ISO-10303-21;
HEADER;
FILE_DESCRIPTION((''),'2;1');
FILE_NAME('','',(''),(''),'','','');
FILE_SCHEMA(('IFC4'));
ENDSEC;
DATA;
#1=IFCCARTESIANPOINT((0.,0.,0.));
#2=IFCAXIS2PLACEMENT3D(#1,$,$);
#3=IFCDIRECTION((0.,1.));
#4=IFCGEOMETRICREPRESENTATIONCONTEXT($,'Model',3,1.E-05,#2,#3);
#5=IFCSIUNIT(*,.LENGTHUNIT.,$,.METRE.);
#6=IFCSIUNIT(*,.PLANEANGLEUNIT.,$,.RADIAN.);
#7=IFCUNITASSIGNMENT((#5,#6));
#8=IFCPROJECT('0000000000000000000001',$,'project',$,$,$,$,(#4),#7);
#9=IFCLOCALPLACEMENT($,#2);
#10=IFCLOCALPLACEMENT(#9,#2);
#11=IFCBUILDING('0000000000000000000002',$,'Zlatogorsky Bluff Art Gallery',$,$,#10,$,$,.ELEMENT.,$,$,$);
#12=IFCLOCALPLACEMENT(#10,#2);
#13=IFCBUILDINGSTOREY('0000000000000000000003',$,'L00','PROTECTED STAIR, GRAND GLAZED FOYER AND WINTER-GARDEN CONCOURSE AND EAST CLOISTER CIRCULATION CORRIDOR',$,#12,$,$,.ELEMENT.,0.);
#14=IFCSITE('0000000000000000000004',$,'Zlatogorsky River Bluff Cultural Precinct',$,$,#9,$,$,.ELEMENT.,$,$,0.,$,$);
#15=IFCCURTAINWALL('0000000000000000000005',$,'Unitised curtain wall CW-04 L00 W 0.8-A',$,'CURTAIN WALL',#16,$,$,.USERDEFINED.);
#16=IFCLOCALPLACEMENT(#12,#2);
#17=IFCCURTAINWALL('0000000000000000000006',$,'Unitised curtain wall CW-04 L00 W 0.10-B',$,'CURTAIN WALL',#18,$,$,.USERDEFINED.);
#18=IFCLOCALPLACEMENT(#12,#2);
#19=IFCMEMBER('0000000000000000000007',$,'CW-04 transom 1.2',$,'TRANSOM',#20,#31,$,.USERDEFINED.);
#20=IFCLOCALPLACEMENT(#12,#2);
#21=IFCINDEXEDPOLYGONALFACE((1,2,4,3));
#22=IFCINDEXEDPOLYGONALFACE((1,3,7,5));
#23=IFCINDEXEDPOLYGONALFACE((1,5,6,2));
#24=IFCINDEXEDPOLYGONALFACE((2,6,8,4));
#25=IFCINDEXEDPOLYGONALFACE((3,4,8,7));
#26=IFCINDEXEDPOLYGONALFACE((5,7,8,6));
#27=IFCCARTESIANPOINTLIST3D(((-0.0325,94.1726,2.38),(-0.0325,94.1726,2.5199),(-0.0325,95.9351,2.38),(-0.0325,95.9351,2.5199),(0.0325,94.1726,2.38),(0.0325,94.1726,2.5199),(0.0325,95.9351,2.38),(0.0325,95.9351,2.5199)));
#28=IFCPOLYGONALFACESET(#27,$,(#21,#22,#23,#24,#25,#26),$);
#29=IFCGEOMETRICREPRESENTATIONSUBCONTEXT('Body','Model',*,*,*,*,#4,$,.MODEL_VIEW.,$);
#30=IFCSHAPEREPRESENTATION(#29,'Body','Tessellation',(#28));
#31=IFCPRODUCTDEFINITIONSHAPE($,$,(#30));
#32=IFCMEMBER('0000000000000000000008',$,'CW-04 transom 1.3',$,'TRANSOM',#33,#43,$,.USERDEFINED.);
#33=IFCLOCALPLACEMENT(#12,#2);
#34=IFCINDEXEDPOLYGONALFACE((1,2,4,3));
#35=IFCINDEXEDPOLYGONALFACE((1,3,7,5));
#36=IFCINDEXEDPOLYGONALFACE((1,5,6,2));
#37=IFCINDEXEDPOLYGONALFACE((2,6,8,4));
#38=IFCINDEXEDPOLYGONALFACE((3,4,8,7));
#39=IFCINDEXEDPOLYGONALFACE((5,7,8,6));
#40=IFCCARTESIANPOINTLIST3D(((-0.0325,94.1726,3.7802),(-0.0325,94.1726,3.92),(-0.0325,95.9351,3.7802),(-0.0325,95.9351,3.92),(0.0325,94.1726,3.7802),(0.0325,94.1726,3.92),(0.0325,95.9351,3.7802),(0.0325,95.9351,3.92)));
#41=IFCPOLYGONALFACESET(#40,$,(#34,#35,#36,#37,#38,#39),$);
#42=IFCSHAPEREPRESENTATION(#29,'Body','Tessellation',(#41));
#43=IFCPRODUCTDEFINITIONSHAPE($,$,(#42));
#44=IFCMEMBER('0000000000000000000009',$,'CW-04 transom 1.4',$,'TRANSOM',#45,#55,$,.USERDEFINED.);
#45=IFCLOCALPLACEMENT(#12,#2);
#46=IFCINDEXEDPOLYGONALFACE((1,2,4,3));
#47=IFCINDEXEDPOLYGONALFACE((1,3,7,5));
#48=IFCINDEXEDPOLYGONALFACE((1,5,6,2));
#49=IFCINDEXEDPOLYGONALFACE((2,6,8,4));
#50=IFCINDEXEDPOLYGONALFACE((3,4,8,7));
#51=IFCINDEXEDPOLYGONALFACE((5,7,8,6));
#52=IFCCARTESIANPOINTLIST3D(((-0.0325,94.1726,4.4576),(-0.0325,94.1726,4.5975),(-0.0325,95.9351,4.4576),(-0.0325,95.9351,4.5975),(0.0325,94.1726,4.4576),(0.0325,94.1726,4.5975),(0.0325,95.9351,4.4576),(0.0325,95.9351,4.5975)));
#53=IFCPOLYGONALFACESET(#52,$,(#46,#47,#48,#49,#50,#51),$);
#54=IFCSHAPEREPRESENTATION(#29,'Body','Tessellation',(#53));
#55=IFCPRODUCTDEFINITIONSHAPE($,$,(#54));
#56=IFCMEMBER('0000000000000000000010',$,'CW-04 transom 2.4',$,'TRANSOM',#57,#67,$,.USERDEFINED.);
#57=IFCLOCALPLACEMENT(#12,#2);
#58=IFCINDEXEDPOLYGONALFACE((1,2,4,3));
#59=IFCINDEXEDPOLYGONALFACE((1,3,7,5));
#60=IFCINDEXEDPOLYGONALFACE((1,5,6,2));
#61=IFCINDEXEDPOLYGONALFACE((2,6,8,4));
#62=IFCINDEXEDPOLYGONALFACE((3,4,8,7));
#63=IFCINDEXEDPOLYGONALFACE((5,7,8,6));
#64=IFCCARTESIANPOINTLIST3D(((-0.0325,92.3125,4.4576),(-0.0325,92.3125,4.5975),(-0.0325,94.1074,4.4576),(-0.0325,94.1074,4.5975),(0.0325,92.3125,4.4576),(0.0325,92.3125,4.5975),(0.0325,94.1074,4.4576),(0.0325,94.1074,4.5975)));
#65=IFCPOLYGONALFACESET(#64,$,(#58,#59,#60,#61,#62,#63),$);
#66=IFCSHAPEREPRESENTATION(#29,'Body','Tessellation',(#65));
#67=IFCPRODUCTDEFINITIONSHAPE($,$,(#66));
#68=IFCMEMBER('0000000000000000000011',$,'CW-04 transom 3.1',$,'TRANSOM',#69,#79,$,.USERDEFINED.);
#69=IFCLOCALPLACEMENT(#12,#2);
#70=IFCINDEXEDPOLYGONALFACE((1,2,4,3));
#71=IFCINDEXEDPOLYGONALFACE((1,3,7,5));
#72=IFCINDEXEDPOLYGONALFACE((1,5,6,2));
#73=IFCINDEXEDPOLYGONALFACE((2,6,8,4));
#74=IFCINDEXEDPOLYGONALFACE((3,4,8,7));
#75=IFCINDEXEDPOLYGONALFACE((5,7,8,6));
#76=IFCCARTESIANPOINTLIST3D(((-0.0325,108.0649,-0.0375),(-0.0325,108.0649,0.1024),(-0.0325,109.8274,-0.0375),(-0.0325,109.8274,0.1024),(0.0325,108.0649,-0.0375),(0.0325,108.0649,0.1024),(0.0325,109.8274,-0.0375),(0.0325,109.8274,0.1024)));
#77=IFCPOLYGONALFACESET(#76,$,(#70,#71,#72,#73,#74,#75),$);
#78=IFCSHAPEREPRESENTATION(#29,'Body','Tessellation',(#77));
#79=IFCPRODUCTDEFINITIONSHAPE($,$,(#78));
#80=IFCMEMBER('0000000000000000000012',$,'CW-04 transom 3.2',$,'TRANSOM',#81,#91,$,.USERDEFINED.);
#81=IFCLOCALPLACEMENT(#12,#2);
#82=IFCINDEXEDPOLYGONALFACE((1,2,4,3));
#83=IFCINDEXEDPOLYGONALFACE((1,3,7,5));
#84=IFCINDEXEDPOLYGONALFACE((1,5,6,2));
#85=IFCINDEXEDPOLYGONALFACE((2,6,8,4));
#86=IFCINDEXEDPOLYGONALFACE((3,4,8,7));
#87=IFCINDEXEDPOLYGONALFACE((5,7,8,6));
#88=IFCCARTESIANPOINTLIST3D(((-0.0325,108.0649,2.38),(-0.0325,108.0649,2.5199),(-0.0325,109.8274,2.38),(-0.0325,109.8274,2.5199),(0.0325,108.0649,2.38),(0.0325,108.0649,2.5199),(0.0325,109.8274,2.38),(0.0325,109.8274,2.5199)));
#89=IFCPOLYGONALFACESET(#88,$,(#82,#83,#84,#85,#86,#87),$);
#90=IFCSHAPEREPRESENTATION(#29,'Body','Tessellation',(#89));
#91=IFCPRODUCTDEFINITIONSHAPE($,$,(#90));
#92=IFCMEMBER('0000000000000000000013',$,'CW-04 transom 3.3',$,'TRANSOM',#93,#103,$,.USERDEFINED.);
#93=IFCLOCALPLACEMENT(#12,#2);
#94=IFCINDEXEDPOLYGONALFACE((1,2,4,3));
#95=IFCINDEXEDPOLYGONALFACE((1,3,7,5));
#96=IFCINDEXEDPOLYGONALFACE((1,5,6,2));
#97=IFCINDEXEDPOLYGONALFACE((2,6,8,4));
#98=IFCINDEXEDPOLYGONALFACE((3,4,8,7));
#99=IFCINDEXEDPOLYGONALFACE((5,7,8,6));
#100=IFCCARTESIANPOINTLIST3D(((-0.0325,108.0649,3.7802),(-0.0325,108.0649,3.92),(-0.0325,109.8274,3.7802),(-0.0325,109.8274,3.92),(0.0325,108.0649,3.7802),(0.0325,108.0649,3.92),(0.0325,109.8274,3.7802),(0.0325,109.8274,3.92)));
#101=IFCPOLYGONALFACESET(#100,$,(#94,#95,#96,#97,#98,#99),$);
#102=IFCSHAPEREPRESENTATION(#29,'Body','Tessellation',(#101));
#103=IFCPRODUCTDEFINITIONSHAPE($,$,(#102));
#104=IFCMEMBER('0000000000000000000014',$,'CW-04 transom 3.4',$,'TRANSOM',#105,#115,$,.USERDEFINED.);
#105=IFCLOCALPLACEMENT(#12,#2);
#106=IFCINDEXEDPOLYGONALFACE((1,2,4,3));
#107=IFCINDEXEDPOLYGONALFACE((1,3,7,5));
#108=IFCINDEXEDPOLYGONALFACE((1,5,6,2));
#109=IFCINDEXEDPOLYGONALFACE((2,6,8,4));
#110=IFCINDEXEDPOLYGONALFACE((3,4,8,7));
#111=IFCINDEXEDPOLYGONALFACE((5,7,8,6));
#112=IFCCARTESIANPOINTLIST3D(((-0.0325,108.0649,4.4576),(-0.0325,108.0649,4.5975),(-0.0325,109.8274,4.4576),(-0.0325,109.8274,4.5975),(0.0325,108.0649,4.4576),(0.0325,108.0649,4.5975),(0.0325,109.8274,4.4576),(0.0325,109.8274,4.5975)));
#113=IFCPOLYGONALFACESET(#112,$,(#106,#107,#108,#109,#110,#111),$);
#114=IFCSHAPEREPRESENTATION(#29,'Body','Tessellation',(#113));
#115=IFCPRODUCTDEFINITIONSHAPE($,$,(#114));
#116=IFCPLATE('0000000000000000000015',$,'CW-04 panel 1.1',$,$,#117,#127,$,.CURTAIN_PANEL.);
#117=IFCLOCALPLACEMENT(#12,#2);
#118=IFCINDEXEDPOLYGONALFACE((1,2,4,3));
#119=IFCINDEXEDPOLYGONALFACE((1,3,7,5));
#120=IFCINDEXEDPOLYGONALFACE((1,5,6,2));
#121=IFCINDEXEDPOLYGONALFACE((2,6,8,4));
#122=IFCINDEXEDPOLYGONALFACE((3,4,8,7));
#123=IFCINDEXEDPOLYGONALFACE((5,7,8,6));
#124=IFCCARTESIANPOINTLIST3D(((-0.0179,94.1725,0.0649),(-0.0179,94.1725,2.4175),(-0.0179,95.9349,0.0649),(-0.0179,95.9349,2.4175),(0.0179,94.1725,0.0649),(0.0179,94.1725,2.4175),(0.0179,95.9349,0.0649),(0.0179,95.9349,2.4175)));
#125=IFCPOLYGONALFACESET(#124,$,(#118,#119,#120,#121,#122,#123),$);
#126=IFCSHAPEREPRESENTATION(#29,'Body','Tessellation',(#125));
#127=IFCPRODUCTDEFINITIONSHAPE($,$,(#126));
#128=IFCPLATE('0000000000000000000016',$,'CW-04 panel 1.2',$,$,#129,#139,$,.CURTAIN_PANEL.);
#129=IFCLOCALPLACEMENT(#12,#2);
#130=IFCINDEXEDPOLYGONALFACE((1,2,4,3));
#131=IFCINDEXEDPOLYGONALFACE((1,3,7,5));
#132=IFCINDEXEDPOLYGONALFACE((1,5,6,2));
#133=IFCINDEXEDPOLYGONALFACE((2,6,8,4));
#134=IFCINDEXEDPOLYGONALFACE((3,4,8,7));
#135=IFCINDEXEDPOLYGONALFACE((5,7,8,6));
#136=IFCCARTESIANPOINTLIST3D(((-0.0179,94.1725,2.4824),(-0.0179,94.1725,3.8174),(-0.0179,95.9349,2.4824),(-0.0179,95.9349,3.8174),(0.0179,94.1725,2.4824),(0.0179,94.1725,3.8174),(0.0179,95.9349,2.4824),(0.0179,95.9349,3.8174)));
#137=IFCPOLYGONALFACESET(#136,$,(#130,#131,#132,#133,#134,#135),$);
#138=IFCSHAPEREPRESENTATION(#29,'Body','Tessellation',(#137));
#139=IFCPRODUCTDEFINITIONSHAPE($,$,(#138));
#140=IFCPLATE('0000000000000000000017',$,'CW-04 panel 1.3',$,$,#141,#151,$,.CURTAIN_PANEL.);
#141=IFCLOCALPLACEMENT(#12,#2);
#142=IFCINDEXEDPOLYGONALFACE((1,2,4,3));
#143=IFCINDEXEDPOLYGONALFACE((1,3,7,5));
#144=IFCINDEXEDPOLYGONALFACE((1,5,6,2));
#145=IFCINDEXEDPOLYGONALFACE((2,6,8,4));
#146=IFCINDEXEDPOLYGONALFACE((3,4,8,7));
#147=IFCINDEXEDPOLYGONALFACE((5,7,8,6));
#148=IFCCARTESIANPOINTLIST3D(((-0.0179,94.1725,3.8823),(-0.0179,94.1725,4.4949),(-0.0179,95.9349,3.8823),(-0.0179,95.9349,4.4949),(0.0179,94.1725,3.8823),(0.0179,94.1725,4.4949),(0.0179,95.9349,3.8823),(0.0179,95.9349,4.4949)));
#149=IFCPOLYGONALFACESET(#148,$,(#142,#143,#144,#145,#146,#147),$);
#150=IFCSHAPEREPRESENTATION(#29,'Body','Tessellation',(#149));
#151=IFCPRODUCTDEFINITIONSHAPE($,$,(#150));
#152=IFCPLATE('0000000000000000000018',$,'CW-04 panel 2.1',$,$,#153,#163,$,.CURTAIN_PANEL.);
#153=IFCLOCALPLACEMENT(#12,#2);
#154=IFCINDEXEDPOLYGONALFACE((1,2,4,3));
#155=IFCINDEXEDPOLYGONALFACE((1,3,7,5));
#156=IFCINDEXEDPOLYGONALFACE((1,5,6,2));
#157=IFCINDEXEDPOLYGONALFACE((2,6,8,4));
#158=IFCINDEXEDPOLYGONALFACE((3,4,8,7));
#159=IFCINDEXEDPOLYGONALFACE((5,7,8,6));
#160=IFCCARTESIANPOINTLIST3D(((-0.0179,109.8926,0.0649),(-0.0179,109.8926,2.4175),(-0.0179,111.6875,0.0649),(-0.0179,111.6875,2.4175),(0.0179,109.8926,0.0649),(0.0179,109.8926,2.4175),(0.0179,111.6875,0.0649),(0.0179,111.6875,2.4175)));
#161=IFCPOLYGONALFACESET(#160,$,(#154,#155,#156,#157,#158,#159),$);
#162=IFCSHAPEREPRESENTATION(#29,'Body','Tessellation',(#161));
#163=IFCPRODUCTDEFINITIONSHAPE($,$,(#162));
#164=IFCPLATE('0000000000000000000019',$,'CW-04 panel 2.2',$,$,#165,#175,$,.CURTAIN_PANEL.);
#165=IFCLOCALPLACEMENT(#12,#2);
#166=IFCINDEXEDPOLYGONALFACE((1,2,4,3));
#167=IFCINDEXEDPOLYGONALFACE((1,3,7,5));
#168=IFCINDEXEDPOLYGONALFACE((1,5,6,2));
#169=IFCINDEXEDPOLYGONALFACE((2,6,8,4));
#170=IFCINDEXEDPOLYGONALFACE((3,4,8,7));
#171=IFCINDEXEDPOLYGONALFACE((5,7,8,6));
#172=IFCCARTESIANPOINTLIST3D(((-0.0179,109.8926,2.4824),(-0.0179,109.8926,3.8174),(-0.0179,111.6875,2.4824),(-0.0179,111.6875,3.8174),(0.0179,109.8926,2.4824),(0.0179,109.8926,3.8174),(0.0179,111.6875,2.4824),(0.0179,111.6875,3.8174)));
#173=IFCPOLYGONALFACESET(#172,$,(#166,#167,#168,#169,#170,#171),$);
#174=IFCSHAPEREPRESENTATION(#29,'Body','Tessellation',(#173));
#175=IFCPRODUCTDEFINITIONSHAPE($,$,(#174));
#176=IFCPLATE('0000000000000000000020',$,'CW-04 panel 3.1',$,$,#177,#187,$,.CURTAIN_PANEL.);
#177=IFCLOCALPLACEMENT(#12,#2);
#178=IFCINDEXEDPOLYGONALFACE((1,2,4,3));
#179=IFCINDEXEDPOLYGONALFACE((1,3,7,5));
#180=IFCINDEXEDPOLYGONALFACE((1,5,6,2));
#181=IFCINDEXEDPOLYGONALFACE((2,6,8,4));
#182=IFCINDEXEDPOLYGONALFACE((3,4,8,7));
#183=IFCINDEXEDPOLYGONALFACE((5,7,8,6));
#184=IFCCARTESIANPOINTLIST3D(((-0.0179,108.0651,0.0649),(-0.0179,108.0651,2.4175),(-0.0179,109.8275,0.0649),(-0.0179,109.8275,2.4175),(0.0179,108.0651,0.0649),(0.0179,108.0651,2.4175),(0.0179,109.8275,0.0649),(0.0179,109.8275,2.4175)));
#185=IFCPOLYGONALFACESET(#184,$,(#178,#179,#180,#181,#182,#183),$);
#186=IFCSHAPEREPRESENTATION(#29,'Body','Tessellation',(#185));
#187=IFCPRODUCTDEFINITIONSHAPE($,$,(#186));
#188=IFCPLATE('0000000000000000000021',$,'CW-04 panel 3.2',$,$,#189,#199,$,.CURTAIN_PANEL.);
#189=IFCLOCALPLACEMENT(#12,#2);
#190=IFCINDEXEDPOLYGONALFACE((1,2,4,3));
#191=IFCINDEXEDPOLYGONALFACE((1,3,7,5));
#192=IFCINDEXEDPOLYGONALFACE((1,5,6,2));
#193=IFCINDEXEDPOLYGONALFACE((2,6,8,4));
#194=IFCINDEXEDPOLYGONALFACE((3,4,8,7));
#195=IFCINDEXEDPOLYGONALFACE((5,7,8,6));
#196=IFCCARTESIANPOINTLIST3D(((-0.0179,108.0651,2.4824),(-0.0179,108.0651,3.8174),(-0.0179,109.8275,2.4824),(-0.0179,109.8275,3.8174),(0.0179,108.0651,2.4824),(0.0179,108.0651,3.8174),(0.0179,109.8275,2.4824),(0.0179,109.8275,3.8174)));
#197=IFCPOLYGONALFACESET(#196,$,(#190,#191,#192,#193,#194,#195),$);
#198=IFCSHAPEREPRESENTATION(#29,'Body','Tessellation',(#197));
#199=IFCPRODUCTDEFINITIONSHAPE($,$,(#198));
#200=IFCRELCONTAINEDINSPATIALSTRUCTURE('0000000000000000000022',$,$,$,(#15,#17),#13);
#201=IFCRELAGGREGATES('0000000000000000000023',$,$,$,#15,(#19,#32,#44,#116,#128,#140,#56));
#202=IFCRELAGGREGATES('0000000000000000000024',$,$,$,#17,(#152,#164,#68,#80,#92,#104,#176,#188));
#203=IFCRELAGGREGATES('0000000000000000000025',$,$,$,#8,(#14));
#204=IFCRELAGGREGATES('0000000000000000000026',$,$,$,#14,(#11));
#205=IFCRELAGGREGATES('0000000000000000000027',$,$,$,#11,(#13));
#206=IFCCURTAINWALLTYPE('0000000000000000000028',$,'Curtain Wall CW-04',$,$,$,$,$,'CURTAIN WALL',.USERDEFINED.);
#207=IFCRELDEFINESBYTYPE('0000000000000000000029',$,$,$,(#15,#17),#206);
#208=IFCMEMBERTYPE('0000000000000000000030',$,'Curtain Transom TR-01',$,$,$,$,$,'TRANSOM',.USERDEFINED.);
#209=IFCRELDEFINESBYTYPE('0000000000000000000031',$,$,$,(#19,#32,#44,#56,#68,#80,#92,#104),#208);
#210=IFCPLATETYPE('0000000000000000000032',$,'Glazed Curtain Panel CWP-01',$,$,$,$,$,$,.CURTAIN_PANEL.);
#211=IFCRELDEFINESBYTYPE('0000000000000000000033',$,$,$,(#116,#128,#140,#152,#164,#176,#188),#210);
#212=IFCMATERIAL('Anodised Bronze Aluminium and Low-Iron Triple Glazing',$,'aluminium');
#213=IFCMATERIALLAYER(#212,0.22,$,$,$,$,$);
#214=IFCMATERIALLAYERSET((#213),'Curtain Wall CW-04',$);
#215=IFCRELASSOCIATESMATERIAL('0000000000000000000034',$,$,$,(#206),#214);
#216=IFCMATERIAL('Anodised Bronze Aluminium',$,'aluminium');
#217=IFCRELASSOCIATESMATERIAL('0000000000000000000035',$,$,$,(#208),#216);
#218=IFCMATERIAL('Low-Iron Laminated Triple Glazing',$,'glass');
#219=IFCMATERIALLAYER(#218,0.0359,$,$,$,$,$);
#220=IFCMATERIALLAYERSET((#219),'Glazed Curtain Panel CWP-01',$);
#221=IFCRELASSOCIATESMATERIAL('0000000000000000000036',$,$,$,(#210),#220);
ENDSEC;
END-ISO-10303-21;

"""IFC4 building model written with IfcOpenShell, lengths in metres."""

from ifc_helpers import new_model, si_unit, direction, frame, origin, origin_2d, place, context, subcontext, project, spatial, rectangle, extrude, material, layer, layer_set, material_profile, profile_set, type_object, element, aggregate, save


model = new_model("IFC4")

# Units and contexts
model_context = context("Model", 3, precision=1e-05, world=origin(), true_north=direction((0.0, 1.0)))
body_context = subcontext(model_context, "Body", "Model", "MODEL_VIEW")
ifc_project = project(units=[si_unit("LENGTHUNIT", "METRE"), si_unit("PLANEANGLEUNIT", "RADIAN")], contexts=[model_context])

# Site, building, storey
site_placement = place(None, origin())
site = spatial("IfcSite", under=ifc_project, at=site_placement, Name="Zlatogorsky River Bluff Cultural Precinct", CompositionType="ELEMENT", RefElevation=0.0)
building_placement = place(site_placement, origin())
building = spatial("IfcBuilding", under=site, at=building_placement, Name="Zlatogorsky Bluff Art Gallery", CompositionType="ELEMENT")
storey_placement = place(building_placement, origin())
storey = spatial("IfcBuildingStorey", under=building, at=storey_placement, Name="L00", Description="PROTECTED STAIR, GRAND GLAZED FOYER AND WINTER-GARDEN CONCOURSE AND EAST CLOISTER CIRCULATION CORRIDOR", CompositionType="ELEMENT", Elevation=0.0)

# Curtain walls
ifc_material_1 = material(Name="Anodised Bronze Aluminium and Low-Iron Triple Glazing", Category="aluminium")
ifc_layer_1 = layer(ifc_material_1, 0.22)
ifc_layer_set_1 = layer_set([ifc_layer_1], Name="Curtain Wall CW-04")
curtain_wall_type = type_object("IfcCurtainWallType", Name="Curtain Wall CW-04", ElementType="CURTAIN WALL", PredefinedType="USERDEFINED", material=ifc_layer_set_1)
curtain_wall_1_placement = place(storey_placement, origin())
curtain_wall_1 = element("IfcCurtainWall", 1, at=curtain_wall_1_placement, inside=storey, type_object=curtain_wall_type, Name="Unitised curtain wall CW-04 L00 W 0.8-A", ObjectType="CURTAIN WALL", PredefinedType="USERDEFINED")
ifc_material_2 = material(Name="Anodised Bronze Aluminium", Category="aluminium")
curtain_wall_2_placement = place(storey_placement, origin())
curtain_wall_2 = element("IfcCurtainWall", 2, at=curtain_wall_2_placement, inside=storey, type_object=curtain_wall_type, Name="Unitised curtain wall CW-04 L00 W 0.10-B", ObjectType="CURTAIN WALL", PredefinedType="USERDEFINED")

# Members
ifc_material_profile_1 = material_profile(ifc_material_2, rectangle(XDim=0.0649, YDim=0.1399, at=origin_2d()), Name="ALU TRANSOM 65x140")
ifc_profile_set_1 = profile_set([ifc_material_profile_1], Name="Anodised Bronze Aluminium")
member_type_1 = type_object("IfcMemberType", Name="Curtain Transom TR-01", ElementType="TRANSOM", PredefinedType="USERDEFINED", material=ifc_profile_set_1)
member_1_placement = place(storey_placement, frame((0.0, 95.9351, 2.45), z_axis=(0.0, -1.0, 0.0), x_axis=(1.0, 0.0, 0.0)))
member_1 = element("IfcMember", 3, at=member_1_placement, type_object=member_type_1, Name="CW-04 transom 1.2", ObjectType="TRANSOM", PredefinedType="USERDEFINED", context=body_context, shape_type="SweptSolid", body=[
    extrude(rectangle(XDim=0.0649, YDim=0.1399, at=origin_2d()), origin(), (0.0, 0.0, 1.0), 1.7625),
])
member_2_placement = place(storey_placement, frame((0.0, 95.9351, 3.8501), z_axis=(0.0, -1.0, 0.0), x_axis=(1.0, 0.0, 0.0)))
member_2 = element("IfcMember", 4, at=member_2_placement, type_object=member_type_1, Name="CW-04 transom 1.3", ObjectType="TRANSOM", PredefinedType="USERDEFINED", context=body_context, shape_type="SweptSolid", body=[
    extrude(rectangle(XDim=0.0649, YDim=0.1399, at=origin_2d()), origin(), (0.0, 0.0, 1.0), 1.7625),
])
member_3_placement = place(storey_placement, frame((0.0, 95.9351, 4.5276), z_axis=(0.0, -1.0, 0.0), x_axis=(1.0, 0.0, 0.0)))
member_3 = element("IfcMember", 5, at=member_3_placement, type_object=member_type_1, Name="CW-04 transom 1.4", ObjectType="TRANSOM", PredefinedType="USERDEFINED", context=body_context, shape_type="SweptSolid", body=[
    extrude(rectangle(XDim=0.0649, YDim=0.1399, at=origin_2d()), origin(), (0.0, 0.0, 1.0), 1.7625),
])
member_4_placement = place(storey_placement, frame((0.0, 94.1074, 4.5276), z_axis=(0.0, -1.0, 0.0), x_axis=(1.0, 0.0, 0.0)))
member_4 = element("IfcMember", 6, at=member_4_placement, type_object=member_type_1, Name="CW-04 transom 2.4", ObjectType="TRANSOM", PredefinedType="USERDEFINED", context=body_context, shape_type="SweptSolid", body=[
    extrude(rectangle(XDim=0.0649, YDim=0.1399, at=origin_2d()), origin(), (0.0, 0.0, 1.0), 1.7949),
])
member_5_placement = place(storey_placement, frame((0.0, 109.8274, 0.0325), z_axis=(0.0, -1.0, 0.0), x_axis=(1.0, 0.0, 0.0)))
member_5 = element("IfcMember", 7, at=member_5_placement, type_object=member_type_1, Name="CW-04 transom 3.1", ObjectType="TRANSOM", PredefinedType="USERDEFINED", context=body_context, shape_type="SweptSolid", body=[
    extrude(rectangle(XDim=0.0649, YDim=0.1399, at=origin_2d()), origin(), (0.0, 0.0, 1.0), 1.7625),
])
member_6_placement = place(storey_placement, frame((0.0, 109.8274, 2.45), z_axis=(0.0, -1.0, 0.0), x_axis=(1.0, 0.0, 0.0)))
member_6 = element("IfcMember", 8, at=member_6_placement, type_object=member_type_1, Name="CW-04 transom 3.2", ObjectType="TRANSOM", PredefinedType="USERDEFINED", context=body_context, shape_type="SweptSolid", body=[
    extrude(rectangle(XDim=0.0649, YDim=0.1399, at=origin_2d()), origin(), (0.0, 0.0, 1.0), 1.7625),
])
member_7_placement = place(storey_placement, frame((0.0, 109.8274, 3.8501), z_axis=(0.0, -1.0, 0.0), x_axis=(1.0, 0.0, 0.0)))
member_7 = element("IfcMember", 9, at=member_7_placement, type_object=member_type_1, Name="CW-04 transom 3.3", ObjectType="TRANSOM", PredefinedType="USERDEFINED", context=body_context, shape_type="SweptSolid", body=[
    extrude(rectangle(XDim=0.0649, YDim=0.1399, at=origin_2d()), origin(), (0.0, 0.0, 1.0), 1.7625),
])
member_8_placement = place(storey_placement, frame((0.0, 109.8274, 4.5276), z_axis=(0.0, -1.0, 0.0), x_axis=(1.0, 0.0, 0.0)))
member_8 = element("IfcMember", 10, at=member_8_placement, type_object=member_type_1, Name="CW-04 transom 3.4", ObjectType="TRANSOM", PredefinedType="USERDEFINED", context=body_context, shape_type="SweptSolid", body=[
    extrude(rectangle(XDim=0.0649, YDim=0.1399, at=origin_2d()), origin(), (0.0, 0.0, 1.0), 1.7625),
])

# Plates
ifc_material_3 = material(Name="Low-Iron Laminated Triple Glazing", Category="glass")
ifc_layer_2 = layer(ifc_material_3, 0.0359)
ifc_layer_set_2 = layer_set([ifc_layer_2], Name="Glazed Curtain Panel CWP-01")
plate_type = type_object("IfcPlateType", Name="Glazed Curtain Panel CWP-01", PredefinedType="CURTAIN_PANEL", material=ifc_layer_set_2)
plate_1_placement = place(storey_placement, frame((0.0, 95.0537, 0.0649), z_axis=(0.0, 0.0, 1.0), x_axis=(0.0, -1.0, 0.0)))
plate_1 = element("IfcPlate", 11, at=plate_1_placement, type_object=plate_type, Name="CW-04 panel 1.1", PredefinedType="CURTAIN_PANEL", context=body_context, shape_type="SweptSolid", body=[
    extrude(rectangle(XDim=1.7625, YDim=0.0359, at=origin_2d()), origin(), (0.0, 0.0, 1.0), 2.3525),
])
plate_2_placement = place(storey_placement, frame((0.0, 95.0537, 2.4824), z_axis=(0.0, 0.0, 1.0), x_axis=(0.0, -1.0, 0.0)))
plate_2 = element("IfcPlate", 12, at=plate_2_placement, type_object=plate_type, Name="CW-04 panel 1.2", PredefinedType="CURTAIN_PANEL", context=body_context, shape_type="SweptSolid", body=[
    extrude(rectangle(XDim=1.7625, YDim=0.0359, at=origin_2d()), origin(), (0.0, 0.0, 1.0), 1.335),
])
plate_3_placement = place(storey_placement, frame((0.0, 95.0537, 3.8823), z_axis=(0.0, 0.0, 1.0), x_axis=(0.0, -1.0, 0.0)))
plate_3 = element("IfcPlate", 13, at=plate_3_placement, type_object=plate_type, Name="CW-04 panel 1.3", PredefinedType="CURTAIN_PANEL", context=body_context, shape_type="SweptSolid", body=[
    extrude(rectangle(XDim=1.7625, YDim=0.0359, at=origin_2d()), origin(), (0.0, 0.0, 1.0), 0.6125),
])
aggregate(curtain_wall_1, [member_1, member_2, member_3, plate_1, plate_2, plate_3, member_4])
plate_4_placement = place(storey_placement, frame((0.0, 110.79, 0.0649), z_axis=(0.0, 0.0, 1.0), x_axis=(0.0, -1.0, 0.0)))
plate_4 = element("IfcPlate", 14, at=plate_4_placement, type_object=plate_type, Name="CW-04 panel 2.1", PredefinedType="CURTAIN_PANEL", context=body_context, shape_type="SweptSolid", body=[
    extrude(rectangle(XDim=1.7949, YDim=0.0359, at=origin_2d()), origin(), (0.0, 0.0, 1.0), 2.3525),
])
plate_5_placement = place(storey_placement, frame((0.0, 110.79, 2.4824), z_axis=(0.0, 0.0, 1.0), x_axis=(0.0, -1.0, 0.0)))
plate_5 = element("IfcPlate", 15, at=plate_5_placement, type_object=plate_type, Name="CW-04 panel 2.2", PredefinedType="CURTAIN_PANEL", context=body_context, shape_type="SweptSolid", body=[
    extrude(rectangle(XDim=1.7949, YDim=0.0359, at=origin_2d()), origin(), (0.0, 0.0, 1.0), 1.335),
])
plate_6_placement = place(storey_placement, frame((0.0, 108.9463, 0.0649), z_axis=(0.0, 0.0, 1.0), x_axis=(0.0, -1.0, 0.0)))
plate_6 = element("IfcPlate", 16, at=plate_6_placement, type_object=plate_type, Name="CW-04 panel 3.1", PredefinedType="CURTAIN_PANEL", context=body_context, shape_type="SweptSolid", body=[
    extrude(rectangle(XDim=1.7625, YDim=0.0359, at=origin_2d()), origin(), (0.0, 0.0, 1.0), 2.3525),
])
plate_7_placement = place(storey_placement, frame((0.0, 108.9463, 2.4824), z_axis=(0.0, 0.0, 1.0), x_axis=(0.0, -1.0, 0.0)))
plate_7 = element("IfcPlate", 17, at=plate_7_placement, type_object=plate_type, Name="CW-04 panel 3.2", PredefinedType="CURTAIN_PANEL", context=body_context, shape_type="SweptSolid", body=[
    extrude(rectangle(XDim=1.7625, YDim=0.0359, at=origin_2d()), origin(), (0.0, 0.0, 1.0), 1.335),
])
aggregate(curtain_wall_2, [plate_4, plate_5, member_5, member_6, member_7, member_8, plate_6, plate_7])

save(model, "model.ifc")
